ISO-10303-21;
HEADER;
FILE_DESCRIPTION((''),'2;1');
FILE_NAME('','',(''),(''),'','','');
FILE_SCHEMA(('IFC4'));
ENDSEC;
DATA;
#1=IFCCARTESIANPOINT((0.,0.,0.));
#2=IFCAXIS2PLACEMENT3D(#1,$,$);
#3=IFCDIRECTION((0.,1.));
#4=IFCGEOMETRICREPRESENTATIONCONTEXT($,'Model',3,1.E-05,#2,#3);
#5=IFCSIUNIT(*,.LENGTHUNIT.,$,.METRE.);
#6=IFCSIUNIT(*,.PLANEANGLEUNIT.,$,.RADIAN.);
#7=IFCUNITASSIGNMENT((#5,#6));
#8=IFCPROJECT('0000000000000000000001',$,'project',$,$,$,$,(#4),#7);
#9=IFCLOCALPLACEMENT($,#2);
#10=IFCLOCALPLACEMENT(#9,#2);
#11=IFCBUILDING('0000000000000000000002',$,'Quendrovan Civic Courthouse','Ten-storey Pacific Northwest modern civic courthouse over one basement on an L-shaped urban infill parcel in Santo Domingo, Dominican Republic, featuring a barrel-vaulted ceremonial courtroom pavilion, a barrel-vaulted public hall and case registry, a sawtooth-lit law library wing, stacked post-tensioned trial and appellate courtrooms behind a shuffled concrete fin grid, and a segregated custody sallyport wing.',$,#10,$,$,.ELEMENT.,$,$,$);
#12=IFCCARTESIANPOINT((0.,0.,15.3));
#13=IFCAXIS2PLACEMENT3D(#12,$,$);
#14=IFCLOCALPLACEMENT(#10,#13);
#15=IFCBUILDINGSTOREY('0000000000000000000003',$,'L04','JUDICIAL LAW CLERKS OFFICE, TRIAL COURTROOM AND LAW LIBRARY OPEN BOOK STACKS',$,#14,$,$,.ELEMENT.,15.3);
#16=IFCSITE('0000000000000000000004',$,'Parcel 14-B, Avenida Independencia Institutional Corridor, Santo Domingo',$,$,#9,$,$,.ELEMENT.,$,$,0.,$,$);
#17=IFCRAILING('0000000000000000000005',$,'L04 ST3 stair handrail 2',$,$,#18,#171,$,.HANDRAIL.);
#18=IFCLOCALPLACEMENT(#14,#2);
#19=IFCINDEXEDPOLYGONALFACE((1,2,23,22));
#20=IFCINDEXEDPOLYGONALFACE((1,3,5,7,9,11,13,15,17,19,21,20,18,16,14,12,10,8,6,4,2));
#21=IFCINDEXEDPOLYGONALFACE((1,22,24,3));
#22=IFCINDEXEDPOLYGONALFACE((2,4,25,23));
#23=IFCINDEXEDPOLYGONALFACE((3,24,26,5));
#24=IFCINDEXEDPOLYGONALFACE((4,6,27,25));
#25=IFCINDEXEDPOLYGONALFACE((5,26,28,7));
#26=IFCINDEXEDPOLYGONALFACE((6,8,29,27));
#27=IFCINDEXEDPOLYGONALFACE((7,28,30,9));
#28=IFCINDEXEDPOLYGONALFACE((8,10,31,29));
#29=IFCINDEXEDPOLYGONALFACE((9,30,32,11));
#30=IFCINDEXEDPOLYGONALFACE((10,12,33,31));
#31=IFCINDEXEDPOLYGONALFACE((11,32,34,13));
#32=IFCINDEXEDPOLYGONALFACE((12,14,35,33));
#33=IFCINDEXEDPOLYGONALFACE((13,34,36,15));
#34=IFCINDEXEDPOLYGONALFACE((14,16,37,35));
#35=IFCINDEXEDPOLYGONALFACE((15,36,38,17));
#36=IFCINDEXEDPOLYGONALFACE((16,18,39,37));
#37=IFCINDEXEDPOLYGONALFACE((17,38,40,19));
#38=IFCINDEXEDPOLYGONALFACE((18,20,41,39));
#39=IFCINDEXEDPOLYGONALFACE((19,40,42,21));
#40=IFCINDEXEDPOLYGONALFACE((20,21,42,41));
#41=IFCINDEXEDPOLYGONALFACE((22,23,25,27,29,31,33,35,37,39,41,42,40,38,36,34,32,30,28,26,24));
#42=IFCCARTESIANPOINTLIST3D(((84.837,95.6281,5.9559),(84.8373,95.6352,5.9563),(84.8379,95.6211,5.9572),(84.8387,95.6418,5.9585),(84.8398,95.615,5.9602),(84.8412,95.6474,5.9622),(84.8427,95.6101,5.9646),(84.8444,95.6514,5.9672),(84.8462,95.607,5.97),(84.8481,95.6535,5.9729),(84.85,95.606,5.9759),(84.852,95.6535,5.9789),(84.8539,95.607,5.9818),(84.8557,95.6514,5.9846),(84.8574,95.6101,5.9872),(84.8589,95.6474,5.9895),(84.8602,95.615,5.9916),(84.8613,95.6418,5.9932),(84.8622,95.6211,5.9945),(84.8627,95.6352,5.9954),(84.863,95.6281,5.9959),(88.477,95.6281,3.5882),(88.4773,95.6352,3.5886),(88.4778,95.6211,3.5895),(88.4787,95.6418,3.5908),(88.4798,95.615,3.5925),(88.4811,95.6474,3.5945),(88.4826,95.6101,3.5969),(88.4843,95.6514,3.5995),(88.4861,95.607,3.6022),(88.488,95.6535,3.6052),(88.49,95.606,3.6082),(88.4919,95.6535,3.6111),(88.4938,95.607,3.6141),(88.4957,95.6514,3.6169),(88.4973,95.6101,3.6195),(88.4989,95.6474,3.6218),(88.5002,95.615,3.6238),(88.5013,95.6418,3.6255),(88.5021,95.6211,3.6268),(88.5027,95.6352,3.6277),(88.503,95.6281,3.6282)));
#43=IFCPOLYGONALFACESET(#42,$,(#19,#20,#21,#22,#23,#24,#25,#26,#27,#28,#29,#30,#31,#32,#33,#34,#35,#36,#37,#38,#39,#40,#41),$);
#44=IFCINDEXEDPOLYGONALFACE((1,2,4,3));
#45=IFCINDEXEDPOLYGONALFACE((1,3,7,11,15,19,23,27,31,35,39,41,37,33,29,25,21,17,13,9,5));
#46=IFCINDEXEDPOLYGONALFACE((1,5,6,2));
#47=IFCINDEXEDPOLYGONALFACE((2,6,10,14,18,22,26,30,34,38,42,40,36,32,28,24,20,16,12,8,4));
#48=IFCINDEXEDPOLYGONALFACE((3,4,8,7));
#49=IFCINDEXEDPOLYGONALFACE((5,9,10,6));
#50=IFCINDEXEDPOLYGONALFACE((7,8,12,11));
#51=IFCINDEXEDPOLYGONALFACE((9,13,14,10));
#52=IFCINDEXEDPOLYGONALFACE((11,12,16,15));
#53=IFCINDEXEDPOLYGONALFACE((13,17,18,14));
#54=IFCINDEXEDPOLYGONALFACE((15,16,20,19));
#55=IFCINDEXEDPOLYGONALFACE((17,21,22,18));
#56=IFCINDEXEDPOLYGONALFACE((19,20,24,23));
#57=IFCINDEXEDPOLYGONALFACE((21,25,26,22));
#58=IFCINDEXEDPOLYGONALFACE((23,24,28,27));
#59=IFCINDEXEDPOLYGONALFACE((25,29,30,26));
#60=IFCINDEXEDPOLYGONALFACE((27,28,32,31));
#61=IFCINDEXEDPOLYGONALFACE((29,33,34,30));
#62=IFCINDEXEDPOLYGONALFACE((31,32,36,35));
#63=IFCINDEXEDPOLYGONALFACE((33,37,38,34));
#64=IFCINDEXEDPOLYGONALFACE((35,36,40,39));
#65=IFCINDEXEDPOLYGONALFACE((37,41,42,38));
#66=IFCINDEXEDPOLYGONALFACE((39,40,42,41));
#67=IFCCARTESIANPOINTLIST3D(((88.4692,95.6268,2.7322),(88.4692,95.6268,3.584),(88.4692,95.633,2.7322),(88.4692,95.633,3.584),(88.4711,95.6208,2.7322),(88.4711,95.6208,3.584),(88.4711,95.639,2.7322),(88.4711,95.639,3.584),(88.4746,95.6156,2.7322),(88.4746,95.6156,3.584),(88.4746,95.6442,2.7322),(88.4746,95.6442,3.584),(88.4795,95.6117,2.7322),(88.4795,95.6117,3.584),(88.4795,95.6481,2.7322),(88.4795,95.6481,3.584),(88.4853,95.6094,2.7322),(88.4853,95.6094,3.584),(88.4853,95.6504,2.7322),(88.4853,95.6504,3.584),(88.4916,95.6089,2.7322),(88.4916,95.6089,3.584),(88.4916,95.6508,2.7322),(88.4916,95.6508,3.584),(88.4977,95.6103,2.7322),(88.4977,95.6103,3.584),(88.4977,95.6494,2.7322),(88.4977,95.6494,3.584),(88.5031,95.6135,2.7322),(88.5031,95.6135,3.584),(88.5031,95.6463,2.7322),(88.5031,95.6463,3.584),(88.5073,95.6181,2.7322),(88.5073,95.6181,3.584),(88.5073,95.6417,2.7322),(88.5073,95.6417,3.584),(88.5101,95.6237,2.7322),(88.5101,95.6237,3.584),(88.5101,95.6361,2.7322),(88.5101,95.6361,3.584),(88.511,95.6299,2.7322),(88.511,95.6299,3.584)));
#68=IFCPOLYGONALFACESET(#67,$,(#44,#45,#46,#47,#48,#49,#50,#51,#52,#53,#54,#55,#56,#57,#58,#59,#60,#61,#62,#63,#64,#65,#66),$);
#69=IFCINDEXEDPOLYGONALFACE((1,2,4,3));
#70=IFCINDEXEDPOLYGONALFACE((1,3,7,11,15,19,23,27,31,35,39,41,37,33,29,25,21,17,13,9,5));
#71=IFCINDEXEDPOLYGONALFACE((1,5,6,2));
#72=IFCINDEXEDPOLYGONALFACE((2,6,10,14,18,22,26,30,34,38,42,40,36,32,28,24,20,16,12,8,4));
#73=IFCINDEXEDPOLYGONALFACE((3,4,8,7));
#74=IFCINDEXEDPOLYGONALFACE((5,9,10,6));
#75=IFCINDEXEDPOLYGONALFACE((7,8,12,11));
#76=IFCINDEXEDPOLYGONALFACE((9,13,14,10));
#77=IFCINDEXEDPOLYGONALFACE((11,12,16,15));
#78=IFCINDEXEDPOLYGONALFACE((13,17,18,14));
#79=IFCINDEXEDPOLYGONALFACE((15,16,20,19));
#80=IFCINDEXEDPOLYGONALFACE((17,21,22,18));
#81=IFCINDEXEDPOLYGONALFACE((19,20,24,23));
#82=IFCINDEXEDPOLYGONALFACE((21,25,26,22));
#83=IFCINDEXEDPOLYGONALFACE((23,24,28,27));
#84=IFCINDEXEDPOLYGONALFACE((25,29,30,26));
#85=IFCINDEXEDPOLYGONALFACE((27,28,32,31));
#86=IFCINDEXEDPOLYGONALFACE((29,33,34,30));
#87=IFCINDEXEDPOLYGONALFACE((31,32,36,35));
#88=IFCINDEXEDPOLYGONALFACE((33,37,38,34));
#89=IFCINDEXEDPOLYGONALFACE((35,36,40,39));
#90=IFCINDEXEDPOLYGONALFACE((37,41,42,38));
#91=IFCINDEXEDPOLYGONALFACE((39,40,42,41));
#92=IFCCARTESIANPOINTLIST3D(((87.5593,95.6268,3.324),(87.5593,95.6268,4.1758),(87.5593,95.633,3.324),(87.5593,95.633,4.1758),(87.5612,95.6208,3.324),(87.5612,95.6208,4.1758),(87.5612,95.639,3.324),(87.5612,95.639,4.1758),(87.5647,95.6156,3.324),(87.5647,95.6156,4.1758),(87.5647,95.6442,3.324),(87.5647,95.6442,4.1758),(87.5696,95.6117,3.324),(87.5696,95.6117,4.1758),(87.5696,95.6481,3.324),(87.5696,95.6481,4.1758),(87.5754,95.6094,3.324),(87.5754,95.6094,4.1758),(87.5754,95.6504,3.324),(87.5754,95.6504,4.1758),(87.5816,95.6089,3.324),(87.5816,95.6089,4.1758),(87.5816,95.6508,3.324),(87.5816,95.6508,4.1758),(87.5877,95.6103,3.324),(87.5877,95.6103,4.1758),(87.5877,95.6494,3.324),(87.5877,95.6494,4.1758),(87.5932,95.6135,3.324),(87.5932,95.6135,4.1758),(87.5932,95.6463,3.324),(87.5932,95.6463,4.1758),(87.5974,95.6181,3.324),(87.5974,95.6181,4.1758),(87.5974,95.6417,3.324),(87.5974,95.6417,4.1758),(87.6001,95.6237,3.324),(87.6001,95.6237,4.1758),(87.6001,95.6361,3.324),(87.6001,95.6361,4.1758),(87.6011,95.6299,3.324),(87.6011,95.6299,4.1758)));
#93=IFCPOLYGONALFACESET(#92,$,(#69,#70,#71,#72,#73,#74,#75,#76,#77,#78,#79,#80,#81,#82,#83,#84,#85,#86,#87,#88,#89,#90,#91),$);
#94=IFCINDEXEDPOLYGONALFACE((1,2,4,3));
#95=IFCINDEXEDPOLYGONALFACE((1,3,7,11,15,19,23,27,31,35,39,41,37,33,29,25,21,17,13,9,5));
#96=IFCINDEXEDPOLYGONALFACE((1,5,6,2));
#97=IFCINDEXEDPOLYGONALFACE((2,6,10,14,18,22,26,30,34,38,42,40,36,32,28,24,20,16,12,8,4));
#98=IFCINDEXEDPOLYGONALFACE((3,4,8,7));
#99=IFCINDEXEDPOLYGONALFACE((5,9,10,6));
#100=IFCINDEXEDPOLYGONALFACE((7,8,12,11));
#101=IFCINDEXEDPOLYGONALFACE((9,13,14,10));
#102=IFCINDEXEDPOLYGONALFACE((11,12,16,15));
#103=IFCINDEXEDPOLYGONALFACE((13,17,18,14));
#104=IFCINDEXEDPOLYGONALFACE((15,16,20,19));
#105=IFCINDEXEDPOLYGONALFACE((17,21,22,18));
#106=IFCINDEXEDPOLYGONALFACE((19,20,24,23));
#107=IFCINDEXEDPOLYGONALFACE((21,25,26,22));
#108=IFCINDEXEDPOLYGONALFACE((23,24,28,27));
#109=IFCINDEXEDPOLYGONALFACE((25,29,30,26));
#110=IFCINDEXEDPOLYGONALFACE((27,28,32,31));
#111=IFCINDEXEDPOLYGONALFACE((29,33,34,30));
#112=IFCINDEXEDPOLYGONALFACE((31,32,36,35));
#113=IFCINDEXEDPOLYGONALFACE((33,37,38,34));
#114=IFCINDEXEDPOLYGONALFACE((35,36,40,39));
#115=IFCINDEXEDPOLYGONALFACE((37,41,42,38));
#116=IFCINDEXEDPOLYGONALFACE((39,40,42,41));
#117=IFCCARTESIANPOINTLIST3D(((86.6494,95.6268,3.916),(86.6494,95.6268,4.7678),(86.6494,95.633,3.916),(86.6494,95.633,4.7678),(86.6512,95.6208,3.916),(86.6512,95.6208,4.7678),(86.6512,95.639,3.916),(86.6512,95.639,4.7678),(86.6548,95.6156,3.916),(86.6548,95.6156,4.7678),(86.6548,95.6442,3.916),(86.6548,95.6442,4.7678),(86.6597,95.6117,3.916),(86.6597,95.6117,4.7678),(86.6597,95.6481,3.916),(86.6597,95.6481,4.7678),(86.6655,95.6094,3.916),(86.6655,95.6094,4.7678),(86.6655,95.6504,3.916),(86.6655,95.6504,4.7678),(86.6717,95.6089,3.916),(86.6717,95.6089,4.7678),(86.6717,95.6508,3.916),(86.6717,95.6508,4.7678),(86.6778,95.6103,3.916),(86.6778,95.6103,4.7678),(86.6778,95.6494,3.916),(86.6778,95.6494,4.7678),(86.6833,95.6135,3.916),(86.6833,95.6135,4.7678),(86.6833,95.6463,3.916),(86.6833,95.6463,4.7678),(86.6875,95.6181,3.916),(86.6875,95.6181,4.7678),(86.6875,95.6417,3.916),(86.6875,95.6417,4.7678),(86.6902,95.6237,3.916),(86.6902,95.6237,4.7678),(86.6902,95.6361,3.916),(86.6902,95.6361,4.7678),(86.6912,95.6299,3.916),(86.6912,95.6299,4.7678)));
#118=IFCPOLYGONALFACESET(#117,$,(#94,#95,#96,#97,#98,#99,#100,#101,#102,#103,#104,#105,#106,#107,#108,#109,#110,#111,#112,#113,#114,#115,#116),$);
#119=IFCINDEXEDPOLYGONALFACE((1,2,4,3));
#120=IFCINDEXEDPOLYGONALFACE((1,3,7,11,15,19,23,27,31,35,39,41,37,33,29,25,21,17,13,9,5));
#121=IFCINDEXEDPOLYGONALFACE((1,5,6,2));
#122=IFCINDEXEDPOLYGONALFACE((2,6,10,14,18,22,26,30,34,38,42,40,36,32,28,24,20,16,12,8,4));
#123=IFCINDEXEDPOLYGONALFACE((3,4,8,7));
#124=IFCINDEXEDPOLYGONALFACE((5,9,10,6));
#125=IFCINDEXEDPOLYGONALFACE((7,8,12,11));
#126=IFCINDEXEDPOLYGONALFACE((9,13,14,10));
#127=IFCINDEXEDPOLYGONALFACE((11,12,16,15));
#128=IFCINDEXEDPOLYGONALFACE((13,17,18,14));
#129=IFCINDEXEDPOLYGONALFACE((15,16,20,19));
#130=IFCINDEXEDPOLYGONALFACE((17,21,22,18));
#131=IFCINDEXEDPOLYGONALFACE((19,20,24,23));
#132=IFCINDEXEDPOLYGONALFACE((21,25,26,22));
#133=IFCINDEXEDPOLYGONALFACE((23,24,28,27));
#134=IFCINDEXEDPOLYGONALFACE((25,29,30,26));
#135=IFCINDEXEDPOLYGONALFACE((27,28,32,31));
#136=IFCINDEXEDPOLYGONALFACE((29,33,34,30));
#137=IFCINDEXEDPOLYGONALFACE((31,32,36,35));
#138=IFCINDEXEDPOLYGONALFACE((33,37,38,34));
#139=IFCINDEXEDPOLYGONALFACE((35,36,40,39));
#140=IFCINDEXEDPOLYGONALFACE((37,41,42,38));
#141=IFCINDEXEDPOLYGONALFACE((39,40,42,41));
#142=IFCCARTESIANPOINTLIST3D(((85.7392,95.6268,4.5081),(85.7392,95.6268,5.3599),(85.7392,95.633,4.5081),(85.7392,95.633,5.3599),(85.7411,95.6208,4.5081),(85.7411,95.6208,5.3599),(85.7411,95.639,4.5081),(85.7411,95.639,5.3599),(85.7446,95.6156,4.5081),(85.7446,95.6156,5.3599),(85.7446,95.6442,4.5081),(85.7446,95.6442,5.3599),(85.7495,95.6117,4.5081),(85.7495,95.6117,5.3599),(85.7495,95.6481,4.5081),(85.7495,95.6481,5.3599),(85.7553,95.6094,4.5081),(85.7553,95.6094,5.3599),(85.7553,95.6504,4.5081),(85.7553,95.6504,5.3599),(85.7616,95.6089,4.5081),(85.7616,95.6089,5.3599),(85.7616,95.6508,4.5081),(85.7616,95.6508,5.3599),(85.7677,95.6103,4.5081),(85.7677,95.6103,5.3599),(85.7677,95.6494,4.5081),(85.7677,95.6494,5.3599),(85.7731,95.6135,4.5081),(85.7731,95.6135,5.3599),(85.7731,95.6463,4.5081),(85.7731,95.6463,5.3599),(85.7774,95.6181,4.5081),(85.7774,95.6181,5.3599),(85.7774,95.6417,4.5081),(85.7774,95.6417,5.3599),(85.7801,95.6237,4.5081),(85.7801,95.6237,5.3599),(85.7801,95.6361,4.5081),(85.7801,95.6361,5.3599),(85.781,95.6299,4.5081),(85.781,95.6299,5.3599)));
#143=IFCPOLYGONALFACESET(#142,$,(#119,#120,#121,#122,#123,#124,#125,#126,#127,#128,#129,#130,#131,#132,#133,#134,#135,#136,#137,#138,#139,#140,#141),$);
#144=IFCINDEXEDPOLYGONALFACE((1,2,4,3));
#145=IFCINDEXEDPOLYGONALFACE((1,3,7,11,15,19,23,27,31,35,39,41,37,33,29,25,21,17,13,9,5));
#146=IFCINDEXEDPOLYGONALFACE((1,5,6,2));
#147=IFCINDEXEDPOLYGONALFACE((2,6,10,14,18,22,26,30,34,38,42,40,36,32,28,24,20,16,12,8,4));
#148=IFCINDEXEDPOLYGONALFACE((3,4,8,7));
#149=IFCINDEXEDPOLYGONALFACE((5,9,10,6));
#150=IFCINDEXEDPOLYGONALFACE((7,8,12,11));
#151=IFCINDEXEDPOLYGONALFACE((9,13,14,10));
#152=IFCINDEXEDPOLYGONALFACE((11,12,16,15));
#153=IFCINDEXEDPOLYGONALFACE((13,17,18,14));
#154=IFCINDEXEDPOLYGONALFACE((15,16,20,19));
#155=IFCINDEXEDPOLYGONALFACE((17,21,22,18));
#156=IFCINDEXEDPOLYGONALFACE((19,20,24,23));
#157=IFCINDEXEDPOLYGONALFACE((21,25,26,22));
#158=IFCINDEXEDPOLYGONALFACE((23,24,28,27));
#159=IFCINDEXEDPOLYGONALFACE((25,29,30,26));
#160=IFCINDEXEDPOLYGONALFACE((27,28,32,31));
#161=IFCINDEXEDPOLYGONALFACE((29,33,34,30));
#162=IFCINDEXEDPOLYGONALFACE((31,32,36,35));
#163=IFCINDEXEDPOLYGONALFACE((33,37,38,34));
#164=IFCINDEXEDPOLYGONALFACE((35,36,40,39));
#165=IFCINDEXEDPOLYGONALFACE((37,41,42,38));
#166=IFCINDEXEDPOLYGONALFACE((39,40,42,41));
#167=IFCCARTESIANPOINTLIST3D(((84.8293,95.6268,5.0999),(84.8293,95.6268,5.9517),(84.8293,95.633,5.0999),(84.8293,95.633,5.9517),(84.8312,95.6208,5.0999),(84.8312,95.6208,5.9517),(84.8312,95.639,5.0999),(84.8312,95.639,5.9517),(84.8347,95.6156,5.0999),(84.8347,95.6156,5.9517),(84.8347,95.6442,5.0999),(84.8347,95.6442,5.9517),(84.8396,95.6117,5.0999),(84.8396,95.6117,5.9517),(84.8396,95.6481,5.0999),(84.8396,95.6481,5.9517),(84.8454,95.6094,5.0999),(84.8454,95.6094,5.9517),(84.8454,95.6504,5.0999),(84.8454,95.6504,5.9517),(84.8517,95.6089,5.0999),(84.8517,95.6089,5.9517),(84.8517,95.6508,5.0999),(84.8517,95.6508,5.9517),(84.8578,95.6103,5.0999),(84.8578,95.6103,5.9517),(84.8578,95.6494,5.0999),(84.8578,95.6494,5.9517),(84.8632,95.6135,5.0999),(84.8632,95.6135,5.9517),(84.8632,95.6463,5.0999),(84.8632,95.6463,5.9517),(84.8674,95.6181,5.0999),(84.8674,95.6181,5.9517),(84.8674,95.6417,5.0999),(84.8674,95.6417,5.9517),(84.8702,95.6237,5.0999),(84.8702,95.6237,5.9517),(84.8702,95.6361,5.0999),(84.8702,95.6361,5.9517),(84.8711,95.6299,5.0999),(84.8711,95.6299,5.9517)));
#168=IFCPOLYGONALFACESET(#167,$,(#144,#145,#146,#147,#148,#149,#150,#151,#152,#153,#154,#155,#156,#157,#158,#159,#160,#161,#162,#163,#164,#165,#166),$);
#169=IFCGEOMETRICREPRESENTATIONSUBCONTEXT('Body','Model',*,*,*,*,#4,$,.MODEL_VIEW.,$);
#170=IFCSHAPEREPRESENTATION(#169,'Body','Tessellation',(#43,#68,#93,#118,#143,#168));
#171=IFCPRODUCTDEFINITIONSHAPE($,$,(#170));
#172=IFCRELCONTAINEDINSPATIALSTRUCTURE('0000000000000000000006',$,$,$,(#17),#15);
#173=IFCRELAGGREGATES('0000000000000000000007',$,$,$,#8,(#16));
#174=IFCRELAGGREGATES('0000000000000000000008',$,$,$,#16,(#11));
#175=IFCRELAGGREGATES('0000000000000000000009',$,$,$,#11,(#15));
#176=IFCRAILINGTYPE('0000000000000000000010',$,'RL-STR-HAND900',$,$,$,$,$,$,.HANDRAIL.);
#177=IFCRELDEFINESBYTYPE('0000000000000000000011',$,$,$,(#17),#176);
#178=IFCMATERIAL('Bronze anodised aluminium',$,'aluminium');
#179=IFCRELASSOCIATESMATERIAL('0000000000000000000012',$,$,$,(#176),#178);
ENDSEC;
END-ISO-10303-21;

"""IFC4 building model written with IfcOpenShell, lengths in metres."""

from ifc_helpers import new_model, si_unit, direction, frame, origin, origin_2d, place, context, subcontext, project, spatial, circle, extrude, material, type_object, element, save


model = new_model("IFC4")

# Units and contexts
model_context = context("Model", 3, precision=1e-05, world=origin(), true_north=direction((0.0, 1.0)))
body_context = subcontext(model_context, "Body", "Model", "MODEL_VIEW")
ifc_project = project(units=[si_unit("LENGTHUNIT", "METRE"), si_unit("PLANEANGLEUNIT", "RADIAN")], contexts=[model_context])

# Site, building, storey
site_placement = place(None, origin())
site = spatial("IfcSite", under=ifc_project, at=site_placement, Name="Parcel 14-B, Avenida Independencia Institutional Corridor, Santo Domingo", CompositionType="ELEMENT", RefElevation=0.0)
building_placement = place(site_placement, origin())
building = spatial("IfcBuilding", under=site, at=building_placement, Name="Quendrovan Civic Courthouse", Description="Ten-storey Pacific Northwest modern civic courthouse over one basement on an L-shaped urban infill parcel in Santo Domingo, Dominican Republic, featuring a barrel-vaulted ceremonial courtroom pavilion, a barrel-vaulted public hall and case registry, a sawtooth-lit law library wing, stacked post-tensioned trial and appellate courtrooms behind a shuffled concrete fin grid, and a segregated custody sallyport wing.", CompositionType="ELEMENT")
storey_placement = place(building_placement, frame((0.0, 0.0, 15.3)))
storey = spatial("IfcBuildingStorey", under=building, at=storey_placement, Name="L04", Description="JUDICIAL LAW CLERKS OFFICE, TRIAL COURTROOM AND LAW LIBRARY OPEN BOOK STACKS", CompositionType="ELEMENT", Elevation=15.3)

# Railing
ifc_material_1 = material(Name="Bronze anodised aluminium", Category="aluminium")
railing_type_1 = type_object("IfcRailingType", Name="RL-STR-HAND900", PredefinedType="HANDRAIL", material=ifc_material_1)
railing_1_placement = place(storey_placement, frame((88.49, 95.6299, 2.7322)))
element("IfcRailing", 1, at=railing_1_placement, inside=storey, type_object=railing_type_1, Name="L04 ST3 stair handrail 2", PredefinedType="HANDRAIL", context=body_context, shape_type="SweptSolid", body=[
    extrude(circle(Radius=0.0239, at=origin_2d()), frame((0.0, 0.0, 0.876), z_axis=(-0.83826, 0.0, 0.545271), x_axis=(0.0, -1.0, 0.0)), (0.0, 0.0, 1.0), 4.3423),
    extrude(circle(Radius=0.021, at=origin_2d()), origin(), (0.0, 0.0, 1.0), 0.8518),
    extrude(circle(Radius=0.021, at=origin_2d()), frame((-0.9099, 0.0, 0.5918)), (0.0, 0.0, 1.0), 0.8518),
    extrude(circle(Radius=0.021, at=origin_2d()), frame((-1.8198, 0.0, 1.1838)), (0.0, 0.0, 1.0), 0.8518),
    extrude(circle(Radius=0.021, at=origin_2d()), frame((-2.73, 0.0, 1.7759)), (0.0, 0.0, 1.0), 0.8518),
    extrude(circle(Radius=0.021, at=origin_2d()), frame((-3.6399, 0.0, 2.3677)), (0.0, 0.0, 1.0), 0.8518),
])

save(model, "model.ifc")
